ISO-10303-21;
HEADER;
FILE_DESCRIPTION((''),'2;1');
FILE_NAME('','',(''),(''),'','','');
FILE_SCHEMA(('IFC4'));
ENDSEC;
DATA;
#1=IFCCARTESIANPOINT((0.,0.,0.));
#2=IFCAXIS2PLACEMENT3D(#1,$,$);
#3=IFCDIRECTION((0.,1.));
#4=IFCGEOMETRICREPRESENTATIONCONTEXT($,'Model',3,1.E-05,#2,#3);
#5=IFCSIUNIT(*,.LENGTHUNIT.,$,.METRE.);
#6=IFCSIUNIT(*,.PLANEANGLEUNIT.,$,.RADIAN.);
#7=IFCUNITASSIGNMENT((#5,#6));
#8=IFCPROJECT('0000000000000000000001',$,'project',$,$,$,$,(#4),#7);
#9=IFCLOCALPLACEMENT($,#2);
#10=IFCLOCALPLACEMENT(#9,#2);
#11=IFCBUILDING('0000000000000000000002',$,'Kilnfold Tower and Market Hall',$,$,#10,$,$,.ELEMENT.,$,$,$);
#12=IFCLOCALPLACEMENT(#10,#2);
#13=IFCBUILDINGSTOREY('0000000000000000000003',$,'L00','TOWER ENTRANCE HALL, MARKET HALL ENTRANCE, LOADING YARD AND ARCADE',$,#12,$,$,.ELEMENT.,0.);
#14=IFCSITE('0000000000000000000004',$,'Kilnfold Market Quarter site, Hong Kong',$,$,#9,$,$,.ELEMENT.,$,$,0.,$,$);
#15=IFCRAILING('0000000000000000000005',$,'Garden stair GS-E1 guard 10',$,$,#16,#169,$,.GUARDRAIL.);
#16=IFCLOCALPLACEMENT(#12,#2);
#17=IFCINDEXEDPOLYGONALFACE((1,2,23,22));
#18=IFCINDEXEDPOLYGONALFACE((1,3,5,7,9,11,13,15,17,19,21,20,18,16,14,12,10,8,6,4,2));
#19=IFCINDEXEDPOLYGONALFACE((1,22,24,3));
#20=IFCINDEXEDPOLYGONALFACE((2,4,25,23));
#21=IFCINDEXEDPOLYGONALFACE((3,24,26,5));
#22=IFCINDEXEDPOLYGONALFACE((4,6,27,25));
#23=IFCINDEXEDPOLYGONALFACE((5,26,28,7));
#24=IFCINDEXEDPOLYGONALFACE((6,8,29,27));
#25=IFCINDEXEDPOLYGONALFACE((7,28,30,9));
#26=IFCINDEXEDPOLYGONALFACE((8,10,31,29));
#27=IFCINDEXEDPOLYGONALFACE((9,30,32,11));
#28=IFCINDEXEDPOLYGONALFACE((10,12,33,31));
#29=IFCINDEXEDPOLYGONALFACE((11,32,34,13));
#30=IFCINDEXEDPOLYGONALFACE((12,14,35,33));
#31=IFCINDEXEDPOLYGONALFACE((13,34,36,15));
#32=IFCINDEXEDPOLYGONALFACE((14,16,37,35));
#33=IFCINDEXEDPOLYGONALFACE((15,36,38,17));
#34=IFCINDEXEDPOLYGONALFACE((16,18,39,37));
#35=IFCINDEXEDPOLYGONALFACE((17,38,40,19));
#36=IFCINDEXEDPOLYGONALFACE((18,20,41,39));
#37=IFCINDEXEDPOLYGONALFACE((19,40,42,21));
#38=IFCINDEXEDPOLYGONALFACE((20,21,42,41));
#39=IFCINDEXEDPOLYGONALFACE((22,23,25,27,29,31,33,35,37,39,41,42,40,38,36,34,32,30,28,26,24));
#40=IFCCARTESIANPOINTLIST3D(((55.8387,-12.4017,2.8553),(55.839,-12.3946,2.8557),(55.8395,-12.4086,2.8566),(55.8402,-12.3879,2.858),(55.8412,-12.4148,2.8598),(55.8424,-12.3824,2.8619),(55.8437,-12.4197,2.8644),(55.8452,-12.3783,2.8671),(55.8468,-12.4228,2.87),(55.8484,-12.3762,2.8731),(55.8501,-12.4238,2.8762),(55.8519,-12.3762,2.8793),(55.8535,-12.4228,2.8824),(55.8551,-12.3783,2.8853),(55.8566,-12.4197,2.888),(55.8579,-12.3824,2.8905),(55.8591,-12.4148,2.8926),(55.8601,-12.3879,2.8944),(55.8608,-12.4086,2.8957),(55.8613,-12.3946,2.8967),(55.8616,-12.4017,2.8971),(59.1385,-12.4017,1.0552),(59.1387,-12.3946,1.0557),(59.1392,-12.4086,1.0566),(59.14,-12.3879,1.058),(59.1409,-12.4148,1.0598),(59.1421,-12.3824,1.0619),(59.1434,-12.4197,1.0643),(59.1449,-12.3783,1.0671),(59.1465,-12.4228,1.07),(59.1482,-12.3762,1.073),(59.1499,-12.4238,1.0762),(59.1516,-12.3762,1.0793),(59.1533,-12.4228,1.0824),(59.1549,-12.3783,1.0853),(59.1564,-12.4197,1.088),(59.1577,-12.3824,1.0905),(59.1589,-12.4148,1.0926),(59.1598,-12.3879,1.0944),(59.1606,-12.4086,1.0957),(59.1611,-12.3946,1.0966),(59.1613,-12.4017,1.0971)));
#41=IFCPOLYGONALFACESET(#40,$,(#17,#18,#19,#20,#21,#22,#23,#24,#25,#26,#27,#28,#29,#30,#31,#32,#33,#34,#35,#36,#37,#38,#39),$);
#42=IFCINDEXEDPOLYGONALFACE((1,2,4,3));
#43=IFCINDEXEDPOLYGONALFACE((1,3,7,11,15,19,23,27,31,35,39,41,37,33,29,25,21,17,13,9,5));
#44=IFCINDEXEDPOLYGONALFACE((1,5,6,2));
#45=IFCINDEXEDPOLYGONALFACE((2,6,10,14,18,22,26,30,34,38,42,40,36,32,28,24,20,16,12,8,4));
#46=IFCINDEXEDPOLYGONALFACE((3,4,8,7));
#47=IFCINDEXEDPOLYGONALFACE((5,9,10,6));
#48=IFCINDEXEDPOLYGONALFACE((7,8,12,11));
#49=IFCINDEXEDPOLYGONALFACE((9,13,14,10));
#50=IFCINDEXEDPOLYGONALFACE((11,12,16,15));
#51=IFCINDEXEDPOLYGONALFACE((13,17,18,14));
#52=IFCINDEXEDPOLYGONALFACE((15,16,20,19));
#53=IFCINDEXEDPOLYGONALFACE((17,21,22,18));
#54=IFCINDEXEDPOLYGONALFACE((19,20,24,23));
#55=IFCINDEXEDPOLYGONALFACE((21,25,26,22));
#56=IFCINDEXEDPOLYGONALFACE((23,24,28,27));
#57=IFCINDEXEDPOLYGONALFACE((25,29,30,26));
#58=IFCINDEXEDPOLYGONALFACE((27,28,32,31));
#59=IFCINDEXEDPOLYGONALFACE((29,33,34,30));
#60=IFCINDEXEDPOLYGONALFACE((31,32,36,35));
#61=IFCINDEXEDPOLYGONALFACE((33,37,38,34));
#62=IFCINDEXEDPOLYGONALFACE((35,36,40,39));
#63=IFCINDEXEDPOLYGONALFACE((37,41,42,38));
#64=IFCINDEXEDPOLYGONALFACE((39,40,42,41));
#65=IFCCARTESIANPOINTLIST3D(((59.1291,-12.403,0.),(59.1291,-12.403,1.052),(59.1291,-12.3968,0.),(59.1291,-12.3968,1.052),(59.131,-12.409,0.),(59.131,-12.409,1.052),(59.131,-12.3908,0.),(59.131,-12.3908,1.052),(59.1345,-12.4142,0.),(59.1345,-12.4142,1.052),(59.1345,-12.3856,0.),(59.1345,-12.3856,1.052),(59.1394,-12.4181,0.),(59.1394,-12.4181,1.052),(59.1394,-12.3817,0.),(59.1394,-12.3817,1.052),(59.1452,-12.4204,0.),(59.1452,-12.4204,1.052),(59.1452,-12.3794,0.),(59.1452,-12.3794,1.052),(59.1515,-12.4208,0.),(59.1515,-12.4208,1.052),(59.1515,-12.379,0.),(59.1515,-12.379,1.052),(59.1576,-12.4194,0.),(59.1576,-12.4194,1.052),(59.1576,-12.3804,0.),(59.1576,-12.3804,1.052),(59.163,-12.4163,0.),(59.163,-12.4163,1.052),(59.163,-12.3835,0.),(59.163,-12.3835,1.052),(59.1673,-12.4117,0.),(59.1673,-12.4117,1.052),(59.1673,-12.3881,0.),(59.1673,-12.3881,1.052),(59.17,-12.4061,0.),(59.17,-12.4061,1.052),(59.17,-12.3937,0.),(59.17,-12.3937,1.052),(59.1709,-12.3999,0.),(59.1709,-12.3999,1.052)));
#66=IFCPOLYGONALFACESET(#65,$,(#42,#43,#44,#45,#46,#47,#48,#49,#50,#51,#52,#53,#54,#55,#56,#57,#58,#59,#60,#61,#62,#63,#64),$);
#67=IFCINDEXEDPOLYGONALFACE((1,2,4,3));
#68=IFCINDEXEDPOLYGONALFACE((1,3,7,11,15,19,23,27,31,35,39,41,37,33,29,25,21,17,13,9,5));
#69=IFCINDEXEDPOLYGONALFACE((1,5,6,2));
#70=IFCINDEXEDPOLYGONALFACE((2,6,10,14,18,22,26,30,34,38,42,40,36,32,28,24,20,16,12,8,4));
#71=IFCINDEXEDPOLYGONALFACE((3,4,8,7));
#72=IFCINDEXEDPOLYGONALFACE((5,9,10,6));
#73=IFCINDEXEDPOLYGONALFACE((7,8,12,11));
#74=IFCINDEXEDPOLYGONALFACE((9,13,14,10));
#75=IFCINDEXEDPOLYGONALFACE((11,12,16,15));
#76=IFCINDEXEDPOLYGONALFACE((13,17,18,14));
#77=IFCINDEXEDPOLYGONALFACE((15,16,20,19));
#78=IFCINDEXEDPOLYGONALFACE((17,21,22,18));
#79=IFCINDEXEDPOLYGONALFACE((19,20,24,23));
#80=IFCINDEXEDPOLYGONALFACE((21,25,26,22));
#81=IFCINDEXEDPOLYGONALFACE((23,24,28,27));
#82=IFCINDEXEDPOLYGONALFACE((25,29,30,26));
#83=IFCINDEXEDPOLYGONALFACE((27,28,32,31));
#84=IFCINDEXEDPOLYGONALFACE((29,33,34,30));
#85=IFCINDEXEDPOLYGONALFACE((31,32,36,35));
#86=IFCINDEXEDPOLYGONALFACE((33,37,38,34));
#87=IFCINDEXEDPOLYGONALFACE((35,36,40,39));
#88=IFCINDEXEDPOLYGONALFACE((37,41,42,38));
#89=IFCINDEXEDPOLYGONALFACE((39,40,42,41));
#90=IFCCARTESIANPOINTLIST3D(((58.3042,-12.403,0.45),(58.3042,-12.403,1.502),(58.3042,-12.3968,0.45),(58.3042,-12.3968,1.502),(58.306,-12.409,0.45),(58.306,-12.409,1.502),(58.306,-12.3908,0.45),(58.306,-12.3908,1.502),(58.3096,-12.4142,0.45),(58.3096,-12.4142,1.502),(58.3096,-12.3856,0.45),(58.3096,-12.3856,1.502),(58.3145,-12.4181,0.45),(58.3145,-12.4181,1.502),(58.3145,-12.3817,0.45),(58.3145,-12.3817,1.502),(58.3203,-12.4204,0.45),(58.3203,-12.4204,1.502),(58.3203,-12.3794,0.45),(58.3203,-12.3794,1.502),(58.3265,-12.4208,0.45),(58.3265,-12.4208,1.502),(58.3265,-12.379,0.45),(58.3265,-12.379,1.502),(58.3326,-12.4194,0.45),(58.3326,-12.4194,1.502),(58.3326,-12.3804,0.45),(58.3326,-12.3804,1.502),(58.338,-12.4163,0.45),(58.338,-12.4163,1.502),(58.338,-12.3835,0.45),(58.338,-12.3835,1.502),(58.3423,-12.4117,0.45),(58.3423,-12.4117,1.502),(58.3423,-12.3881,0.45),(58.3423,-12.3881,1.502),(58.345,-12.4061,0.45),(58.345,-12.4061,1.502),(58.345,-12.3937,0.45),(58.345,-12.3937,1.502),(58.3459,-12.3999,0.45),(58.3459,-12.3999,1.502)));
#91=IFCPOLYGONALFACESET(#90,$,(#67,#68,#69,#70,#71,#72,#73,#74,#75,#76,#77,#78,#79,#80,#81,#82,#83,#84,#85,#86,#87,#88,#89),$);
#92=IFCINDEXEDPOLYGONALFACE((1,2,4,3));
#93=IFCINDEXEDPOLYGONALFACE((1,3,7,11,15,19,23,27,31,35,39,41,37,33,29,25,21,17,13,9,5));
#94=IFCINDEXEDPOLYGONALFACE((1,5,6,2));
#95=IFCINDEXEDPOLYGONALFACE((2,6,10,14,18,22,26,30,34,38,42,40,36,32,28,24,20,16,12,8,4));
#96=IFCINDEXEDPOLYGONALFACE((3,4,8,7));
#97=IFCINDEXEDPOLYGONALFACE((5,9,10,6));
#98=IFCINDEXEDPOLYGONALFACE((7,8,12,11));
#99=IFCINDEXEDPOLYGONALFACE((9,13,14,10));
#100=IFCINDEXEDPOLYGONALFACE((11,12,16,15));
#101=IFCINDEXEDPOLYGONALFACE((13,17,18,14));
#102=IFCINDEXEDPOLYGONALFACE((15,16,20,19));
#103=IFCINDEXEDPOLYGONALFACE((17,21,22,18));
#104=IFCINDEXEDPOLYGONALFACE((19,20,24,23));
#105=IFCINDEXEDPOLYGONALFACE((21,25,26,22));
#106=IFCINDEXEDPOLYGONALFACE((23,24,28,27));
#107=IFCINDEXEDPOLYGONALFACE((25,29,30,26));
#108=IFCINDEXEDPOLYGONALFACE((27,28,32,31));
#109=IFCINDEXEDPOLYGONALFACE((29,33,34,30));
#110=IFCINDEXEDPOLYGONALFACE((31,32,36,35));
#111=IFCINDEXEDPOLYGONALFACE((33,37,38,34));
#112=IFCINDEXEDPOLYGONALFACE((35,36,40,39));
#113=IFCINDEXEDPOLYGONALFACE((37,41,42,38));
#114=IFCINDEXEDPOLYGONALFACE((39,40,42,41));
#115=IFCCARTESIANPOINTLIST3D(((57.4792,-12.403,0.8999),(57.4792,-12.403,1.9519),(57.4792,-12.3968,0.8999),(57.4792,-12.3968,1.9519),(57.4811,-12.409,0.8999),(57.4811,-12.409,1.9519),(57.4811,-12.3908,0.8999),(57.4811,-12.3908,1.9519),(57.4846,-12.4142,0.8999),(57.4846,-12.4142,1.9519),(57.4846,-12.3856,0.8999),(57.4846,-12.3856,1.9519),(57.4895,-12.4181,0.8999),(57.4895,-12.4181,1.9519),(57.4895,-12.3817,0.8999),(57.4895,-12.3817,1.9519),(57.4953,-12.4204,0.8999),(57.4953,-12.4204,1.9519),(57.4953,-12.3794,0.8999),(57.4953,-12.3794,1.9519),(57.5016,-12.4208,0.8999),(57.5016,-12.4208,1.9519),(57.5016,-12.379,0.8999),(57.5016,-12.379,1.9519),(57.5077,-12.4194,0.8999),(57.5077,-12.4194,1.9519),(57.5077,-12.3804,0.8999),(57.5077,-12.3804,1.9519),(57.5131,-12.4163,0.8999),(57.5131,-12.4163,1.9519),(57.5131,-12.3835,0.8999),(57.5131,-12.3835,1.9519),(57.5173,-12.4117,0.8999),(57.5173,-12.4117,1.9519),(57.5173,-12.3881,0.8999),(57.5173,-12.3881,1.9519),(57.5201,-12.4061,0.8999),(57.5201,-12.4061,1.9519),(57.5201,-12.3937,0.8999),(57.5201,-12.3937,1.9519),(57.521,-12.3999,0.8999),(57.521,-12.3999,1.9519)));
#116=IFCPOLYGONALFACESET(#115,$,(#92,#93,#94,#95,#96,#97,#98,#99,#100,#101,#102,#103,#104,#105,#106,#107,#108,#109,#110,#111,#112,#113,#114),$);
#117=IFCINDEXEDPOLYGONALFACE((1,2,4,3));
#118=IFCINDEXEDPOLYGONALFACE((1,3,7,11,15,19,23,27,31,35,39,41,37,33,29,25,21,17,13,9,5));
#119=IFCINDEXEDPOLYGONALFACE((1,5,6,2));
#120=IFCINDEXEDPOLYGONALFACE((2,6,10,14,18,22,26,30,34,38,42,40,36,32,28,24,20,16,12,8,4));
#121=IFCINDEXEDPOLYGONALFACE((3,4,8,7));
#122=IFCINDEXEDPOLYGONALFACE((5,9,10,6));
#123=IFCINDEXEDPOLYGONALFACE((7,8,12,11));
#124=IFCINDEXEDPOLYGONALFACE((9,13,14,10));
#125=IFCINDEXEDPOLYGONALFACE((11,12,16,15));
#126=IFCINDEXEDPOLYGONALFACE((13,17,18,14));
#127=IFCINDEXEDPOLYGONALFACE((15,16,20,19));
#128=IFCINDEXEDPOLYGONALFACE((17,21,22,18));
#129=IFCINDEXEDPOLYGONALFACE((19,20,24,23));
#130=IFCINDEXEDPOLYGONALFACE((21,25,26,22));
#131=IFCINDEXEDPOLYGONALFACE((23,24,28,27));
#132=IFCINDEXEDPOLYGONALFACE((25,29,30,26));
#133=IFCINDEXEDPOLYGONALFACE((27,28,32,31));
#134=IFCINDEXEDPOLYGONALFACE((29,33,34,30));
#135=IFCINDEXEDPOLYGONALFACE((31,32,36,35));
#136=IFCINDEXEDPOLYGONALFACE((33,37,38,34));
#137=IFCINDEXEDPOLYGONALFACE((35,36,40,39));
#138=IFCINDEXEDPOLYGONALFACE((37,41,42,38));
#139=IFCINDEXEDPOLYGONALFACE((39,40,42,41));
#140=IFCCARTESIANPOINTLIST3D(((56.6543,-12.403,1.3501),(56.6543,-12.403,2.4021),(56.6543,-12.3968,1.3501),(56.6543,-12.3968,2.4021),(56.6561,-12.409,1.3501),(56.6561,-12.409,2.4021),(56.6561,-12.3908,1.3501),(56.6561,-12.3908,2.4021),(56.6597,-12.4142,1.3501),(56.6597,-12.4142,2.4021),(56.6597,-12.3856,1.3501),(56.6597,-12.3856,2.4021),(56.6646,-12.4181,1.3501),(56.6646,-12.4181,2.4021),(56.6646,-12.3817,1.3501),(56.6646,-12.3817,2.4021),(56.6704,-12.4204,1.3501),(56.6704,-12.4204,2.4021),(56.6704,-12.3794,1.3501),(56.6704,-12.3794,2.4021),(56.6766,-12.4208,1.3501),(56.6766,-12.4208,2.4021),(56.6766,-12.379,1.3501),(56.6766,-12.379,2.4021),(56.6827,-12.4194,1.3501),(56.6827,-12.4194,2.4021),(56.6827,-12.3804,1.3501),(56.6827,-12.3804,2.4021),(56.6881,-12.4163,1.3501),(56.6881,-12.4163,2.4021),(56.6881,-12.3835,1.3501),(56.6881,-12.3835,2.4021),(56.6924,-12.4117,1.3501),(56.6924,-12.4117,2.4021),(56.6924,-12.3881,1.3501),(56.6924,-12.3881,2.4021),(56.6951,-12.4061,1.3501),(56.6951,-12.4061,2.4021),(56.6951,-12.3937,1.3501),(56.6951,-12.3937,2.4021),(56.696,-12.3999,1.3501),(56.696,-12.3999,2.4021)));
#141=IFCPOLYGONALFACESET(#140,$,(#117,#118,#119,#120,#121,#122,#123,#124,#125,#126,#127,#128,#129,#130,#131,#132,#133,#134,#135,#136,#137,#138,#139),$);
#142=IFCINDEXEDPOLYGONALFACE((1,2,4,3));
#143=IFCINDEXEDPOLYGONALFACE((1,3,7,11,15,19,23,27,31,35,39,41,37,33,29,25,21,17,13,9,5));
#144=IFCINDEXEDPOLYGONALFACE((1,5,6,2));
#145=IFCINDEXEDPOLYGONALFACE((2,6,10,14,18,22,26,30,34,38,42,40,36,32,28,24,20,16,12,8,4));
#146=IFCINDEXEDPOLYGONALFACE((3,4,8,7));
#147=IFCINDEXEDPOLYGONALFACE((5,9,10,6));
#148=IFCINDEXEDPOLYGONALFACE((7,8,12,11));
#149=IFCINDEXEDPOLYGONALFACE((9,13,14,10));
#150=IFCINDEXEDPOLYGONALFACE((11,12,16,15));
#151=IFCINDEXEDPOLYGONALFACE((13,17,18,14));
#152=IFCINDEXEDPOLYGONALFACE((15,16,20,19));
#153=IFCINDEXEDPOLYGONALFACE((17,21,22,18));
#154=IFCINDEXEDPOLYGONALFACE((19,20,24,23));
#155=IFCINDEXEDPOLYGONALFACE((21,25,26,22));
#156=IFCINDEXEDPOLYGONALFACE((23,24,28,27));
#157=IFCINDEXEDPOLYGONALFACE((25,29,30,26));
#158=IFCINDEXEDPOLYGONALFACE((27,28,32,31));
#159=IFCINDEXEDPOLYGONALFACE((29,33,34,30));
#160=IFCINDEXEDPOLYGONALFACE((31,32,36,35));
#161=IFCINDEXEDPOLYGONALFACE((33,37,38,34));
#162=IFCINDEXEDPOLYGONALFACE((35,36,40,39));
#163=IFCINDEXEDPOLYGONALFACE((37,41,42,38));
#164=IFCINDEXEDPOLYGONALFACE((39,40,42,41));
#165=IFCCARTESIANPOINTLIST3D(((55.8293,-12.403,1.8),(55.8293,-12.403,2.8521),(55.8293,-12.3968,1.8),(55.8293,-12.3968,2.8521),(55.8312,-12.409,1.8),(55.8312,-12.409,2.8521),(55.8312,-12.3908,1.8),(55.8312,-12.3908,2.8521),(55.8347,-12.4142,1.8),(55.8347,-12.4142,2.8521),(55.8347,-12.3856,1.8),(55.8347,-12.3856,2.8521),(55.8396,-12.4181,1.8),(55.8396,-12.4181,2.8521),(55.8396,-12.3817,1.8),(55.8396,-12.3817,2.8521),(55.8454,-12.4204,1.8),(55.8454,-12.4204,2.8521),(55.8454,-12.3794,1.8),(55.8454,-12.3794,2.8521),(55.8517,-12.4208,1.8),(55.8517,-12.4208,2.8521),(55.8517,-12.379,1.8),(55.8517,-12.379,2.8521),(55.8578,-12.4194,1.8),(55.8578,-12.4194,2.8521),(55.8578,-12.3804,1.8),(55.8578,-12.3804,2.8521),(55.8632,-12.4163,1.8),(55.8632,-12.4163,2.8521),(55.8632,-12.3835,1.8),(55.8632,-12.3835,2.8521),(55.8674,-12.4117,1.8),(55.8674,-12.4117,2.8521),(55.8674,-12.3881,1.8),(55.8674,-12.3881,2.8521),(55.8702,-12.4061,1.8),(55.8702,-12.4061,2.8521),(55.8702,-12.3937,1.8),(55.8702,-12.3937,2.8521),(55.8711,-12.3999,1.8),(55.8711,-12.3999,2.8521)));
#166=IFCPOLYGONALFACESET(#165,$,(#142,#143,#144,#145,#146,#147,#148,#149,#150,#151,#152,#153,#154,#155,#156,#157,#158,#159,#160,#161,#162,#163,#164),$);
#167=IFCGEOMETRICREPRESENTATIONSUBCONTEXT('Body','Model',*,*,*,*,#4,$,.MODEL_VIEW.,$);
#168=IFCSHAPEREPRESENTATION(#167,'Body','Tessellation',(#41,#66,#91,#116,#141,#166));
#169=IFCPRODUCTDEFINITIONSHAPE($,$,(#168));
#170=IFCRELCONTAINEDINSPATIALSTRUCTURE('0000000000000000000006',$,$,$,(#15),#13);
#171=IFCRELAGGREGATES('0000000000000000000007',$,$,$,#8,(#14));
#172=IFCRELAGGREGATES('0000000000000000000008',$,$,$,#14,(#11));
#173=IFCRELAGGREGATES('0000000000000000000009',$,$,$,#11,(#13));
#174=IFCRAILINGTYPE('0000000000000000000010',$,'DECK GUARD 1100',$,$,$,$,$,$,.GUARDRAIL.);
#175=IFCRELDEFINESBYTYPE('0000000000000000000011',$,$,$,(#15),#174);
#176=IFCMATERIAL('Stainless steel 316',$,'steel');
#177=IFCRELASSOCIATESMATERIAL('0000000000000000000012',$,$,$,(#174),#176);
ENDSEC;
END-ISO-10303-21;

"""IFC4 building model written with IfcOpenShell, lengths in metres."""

from ifc_helpers import new_model, si_unit, direction, frame, origin, origin_2d, place, context, subcontext, project, spatial, circle, extrude, material, type_object, element, save


model = new_model("IFC4")

# Units and contexts
model_context = context("Model", 3, precision=1e-05, world=origin(), true_north=direction((0.0, 1.0)))
body_context = subcontext(model_context, "Body", "Model", "MODEL_VIEW")
ifc_project = project(units=[si_unit("LENGTHUNIT", "METRE"), si_unit("PLANEANGLEUNIT", "RADIAN")], contexts=[model_context])

# Site, building, storey
site_placement = place(None, origin())
site = spatial("IfcSite", under=ifc_project, at=site_placement, Name="Kilnfold Market Quarter site, Hong Kong", CompositionType="ELEMENT", RefElevation=0.0)
building_placement = place(site_placement, origin())
building = spatial("IfcBuilding", under=site, at=building_placement, Name="Kilnfold Tower and Market Hall", CompositionType="ELEMENT")
storey_placement = place(building_placement, origin())
storey = spatial("IfcBuildingStorey", under=building, at=storey_placement, Name="L00", Description="TOWER ENTRANCE HALL, MARKET HALL ENTRANCE, LOADING YARD AND ARCADE", CompositionType="ELEMENT", Elevation=0.0)

# Railing
ifc_material_1 = material(Name="Stainless steel 316", Category="steel")
railing_type_1 = type_object("IfcRailingType", Name="DECK GUARD 1100", PredefinedType="GUARDRAIL", material=ifc_material_1)
railing_1_placement = place(storey_placement, frame((59.1499, -12.3999, 0.0)))
element("IfcRailing", 1, at=railing_1_placement, inside=storey, type_object=railing_type_1, Name="Garden stair GS-E1 guard 10", PredefinedType="GUARDRAIL", context=body_context, shape_type="SweptSolid", body=[
    extrude(circle(Radius=0.0239, at=origin_2d()), frame((0.0, 0.0, 1.0762), z_axis=(-0.877878, 0.0, 0.478884), x_axis=(0.0, -1.0, 0.0)), (0.0, 0.0, 1.0), 3.7588),
    extrude(circle(Radius=0.021, at=origin_2d()), origin(), (0.0, 0.0, 1.0), 1.052),
    extrude(circle(Radius=0.021, at=origin_2d()), frame((-0.825, 0.0, 0.45)), (0.0, 0.0, 1.0), 1.052),
    extrude(circle(Radius=0.021, at=origin_2d()), frame((-1.6499, 0.0, 0.8999)), (0.0, 0.0, 1.0), 1.052),
    extrude(circle(Radius=0.021, at=origin_2d()), frame((-2.4749, 0.0, 1.3501)), (0.0, 0.0, 1.0), 1.052),
    extrude(circle(Radius=0.021, at=origin_2d()), frame((-3.2998, 0.0, 1.8)), (0.0, 0.0, 1.0), 1.052),
])

save(model, "model.ifc")
